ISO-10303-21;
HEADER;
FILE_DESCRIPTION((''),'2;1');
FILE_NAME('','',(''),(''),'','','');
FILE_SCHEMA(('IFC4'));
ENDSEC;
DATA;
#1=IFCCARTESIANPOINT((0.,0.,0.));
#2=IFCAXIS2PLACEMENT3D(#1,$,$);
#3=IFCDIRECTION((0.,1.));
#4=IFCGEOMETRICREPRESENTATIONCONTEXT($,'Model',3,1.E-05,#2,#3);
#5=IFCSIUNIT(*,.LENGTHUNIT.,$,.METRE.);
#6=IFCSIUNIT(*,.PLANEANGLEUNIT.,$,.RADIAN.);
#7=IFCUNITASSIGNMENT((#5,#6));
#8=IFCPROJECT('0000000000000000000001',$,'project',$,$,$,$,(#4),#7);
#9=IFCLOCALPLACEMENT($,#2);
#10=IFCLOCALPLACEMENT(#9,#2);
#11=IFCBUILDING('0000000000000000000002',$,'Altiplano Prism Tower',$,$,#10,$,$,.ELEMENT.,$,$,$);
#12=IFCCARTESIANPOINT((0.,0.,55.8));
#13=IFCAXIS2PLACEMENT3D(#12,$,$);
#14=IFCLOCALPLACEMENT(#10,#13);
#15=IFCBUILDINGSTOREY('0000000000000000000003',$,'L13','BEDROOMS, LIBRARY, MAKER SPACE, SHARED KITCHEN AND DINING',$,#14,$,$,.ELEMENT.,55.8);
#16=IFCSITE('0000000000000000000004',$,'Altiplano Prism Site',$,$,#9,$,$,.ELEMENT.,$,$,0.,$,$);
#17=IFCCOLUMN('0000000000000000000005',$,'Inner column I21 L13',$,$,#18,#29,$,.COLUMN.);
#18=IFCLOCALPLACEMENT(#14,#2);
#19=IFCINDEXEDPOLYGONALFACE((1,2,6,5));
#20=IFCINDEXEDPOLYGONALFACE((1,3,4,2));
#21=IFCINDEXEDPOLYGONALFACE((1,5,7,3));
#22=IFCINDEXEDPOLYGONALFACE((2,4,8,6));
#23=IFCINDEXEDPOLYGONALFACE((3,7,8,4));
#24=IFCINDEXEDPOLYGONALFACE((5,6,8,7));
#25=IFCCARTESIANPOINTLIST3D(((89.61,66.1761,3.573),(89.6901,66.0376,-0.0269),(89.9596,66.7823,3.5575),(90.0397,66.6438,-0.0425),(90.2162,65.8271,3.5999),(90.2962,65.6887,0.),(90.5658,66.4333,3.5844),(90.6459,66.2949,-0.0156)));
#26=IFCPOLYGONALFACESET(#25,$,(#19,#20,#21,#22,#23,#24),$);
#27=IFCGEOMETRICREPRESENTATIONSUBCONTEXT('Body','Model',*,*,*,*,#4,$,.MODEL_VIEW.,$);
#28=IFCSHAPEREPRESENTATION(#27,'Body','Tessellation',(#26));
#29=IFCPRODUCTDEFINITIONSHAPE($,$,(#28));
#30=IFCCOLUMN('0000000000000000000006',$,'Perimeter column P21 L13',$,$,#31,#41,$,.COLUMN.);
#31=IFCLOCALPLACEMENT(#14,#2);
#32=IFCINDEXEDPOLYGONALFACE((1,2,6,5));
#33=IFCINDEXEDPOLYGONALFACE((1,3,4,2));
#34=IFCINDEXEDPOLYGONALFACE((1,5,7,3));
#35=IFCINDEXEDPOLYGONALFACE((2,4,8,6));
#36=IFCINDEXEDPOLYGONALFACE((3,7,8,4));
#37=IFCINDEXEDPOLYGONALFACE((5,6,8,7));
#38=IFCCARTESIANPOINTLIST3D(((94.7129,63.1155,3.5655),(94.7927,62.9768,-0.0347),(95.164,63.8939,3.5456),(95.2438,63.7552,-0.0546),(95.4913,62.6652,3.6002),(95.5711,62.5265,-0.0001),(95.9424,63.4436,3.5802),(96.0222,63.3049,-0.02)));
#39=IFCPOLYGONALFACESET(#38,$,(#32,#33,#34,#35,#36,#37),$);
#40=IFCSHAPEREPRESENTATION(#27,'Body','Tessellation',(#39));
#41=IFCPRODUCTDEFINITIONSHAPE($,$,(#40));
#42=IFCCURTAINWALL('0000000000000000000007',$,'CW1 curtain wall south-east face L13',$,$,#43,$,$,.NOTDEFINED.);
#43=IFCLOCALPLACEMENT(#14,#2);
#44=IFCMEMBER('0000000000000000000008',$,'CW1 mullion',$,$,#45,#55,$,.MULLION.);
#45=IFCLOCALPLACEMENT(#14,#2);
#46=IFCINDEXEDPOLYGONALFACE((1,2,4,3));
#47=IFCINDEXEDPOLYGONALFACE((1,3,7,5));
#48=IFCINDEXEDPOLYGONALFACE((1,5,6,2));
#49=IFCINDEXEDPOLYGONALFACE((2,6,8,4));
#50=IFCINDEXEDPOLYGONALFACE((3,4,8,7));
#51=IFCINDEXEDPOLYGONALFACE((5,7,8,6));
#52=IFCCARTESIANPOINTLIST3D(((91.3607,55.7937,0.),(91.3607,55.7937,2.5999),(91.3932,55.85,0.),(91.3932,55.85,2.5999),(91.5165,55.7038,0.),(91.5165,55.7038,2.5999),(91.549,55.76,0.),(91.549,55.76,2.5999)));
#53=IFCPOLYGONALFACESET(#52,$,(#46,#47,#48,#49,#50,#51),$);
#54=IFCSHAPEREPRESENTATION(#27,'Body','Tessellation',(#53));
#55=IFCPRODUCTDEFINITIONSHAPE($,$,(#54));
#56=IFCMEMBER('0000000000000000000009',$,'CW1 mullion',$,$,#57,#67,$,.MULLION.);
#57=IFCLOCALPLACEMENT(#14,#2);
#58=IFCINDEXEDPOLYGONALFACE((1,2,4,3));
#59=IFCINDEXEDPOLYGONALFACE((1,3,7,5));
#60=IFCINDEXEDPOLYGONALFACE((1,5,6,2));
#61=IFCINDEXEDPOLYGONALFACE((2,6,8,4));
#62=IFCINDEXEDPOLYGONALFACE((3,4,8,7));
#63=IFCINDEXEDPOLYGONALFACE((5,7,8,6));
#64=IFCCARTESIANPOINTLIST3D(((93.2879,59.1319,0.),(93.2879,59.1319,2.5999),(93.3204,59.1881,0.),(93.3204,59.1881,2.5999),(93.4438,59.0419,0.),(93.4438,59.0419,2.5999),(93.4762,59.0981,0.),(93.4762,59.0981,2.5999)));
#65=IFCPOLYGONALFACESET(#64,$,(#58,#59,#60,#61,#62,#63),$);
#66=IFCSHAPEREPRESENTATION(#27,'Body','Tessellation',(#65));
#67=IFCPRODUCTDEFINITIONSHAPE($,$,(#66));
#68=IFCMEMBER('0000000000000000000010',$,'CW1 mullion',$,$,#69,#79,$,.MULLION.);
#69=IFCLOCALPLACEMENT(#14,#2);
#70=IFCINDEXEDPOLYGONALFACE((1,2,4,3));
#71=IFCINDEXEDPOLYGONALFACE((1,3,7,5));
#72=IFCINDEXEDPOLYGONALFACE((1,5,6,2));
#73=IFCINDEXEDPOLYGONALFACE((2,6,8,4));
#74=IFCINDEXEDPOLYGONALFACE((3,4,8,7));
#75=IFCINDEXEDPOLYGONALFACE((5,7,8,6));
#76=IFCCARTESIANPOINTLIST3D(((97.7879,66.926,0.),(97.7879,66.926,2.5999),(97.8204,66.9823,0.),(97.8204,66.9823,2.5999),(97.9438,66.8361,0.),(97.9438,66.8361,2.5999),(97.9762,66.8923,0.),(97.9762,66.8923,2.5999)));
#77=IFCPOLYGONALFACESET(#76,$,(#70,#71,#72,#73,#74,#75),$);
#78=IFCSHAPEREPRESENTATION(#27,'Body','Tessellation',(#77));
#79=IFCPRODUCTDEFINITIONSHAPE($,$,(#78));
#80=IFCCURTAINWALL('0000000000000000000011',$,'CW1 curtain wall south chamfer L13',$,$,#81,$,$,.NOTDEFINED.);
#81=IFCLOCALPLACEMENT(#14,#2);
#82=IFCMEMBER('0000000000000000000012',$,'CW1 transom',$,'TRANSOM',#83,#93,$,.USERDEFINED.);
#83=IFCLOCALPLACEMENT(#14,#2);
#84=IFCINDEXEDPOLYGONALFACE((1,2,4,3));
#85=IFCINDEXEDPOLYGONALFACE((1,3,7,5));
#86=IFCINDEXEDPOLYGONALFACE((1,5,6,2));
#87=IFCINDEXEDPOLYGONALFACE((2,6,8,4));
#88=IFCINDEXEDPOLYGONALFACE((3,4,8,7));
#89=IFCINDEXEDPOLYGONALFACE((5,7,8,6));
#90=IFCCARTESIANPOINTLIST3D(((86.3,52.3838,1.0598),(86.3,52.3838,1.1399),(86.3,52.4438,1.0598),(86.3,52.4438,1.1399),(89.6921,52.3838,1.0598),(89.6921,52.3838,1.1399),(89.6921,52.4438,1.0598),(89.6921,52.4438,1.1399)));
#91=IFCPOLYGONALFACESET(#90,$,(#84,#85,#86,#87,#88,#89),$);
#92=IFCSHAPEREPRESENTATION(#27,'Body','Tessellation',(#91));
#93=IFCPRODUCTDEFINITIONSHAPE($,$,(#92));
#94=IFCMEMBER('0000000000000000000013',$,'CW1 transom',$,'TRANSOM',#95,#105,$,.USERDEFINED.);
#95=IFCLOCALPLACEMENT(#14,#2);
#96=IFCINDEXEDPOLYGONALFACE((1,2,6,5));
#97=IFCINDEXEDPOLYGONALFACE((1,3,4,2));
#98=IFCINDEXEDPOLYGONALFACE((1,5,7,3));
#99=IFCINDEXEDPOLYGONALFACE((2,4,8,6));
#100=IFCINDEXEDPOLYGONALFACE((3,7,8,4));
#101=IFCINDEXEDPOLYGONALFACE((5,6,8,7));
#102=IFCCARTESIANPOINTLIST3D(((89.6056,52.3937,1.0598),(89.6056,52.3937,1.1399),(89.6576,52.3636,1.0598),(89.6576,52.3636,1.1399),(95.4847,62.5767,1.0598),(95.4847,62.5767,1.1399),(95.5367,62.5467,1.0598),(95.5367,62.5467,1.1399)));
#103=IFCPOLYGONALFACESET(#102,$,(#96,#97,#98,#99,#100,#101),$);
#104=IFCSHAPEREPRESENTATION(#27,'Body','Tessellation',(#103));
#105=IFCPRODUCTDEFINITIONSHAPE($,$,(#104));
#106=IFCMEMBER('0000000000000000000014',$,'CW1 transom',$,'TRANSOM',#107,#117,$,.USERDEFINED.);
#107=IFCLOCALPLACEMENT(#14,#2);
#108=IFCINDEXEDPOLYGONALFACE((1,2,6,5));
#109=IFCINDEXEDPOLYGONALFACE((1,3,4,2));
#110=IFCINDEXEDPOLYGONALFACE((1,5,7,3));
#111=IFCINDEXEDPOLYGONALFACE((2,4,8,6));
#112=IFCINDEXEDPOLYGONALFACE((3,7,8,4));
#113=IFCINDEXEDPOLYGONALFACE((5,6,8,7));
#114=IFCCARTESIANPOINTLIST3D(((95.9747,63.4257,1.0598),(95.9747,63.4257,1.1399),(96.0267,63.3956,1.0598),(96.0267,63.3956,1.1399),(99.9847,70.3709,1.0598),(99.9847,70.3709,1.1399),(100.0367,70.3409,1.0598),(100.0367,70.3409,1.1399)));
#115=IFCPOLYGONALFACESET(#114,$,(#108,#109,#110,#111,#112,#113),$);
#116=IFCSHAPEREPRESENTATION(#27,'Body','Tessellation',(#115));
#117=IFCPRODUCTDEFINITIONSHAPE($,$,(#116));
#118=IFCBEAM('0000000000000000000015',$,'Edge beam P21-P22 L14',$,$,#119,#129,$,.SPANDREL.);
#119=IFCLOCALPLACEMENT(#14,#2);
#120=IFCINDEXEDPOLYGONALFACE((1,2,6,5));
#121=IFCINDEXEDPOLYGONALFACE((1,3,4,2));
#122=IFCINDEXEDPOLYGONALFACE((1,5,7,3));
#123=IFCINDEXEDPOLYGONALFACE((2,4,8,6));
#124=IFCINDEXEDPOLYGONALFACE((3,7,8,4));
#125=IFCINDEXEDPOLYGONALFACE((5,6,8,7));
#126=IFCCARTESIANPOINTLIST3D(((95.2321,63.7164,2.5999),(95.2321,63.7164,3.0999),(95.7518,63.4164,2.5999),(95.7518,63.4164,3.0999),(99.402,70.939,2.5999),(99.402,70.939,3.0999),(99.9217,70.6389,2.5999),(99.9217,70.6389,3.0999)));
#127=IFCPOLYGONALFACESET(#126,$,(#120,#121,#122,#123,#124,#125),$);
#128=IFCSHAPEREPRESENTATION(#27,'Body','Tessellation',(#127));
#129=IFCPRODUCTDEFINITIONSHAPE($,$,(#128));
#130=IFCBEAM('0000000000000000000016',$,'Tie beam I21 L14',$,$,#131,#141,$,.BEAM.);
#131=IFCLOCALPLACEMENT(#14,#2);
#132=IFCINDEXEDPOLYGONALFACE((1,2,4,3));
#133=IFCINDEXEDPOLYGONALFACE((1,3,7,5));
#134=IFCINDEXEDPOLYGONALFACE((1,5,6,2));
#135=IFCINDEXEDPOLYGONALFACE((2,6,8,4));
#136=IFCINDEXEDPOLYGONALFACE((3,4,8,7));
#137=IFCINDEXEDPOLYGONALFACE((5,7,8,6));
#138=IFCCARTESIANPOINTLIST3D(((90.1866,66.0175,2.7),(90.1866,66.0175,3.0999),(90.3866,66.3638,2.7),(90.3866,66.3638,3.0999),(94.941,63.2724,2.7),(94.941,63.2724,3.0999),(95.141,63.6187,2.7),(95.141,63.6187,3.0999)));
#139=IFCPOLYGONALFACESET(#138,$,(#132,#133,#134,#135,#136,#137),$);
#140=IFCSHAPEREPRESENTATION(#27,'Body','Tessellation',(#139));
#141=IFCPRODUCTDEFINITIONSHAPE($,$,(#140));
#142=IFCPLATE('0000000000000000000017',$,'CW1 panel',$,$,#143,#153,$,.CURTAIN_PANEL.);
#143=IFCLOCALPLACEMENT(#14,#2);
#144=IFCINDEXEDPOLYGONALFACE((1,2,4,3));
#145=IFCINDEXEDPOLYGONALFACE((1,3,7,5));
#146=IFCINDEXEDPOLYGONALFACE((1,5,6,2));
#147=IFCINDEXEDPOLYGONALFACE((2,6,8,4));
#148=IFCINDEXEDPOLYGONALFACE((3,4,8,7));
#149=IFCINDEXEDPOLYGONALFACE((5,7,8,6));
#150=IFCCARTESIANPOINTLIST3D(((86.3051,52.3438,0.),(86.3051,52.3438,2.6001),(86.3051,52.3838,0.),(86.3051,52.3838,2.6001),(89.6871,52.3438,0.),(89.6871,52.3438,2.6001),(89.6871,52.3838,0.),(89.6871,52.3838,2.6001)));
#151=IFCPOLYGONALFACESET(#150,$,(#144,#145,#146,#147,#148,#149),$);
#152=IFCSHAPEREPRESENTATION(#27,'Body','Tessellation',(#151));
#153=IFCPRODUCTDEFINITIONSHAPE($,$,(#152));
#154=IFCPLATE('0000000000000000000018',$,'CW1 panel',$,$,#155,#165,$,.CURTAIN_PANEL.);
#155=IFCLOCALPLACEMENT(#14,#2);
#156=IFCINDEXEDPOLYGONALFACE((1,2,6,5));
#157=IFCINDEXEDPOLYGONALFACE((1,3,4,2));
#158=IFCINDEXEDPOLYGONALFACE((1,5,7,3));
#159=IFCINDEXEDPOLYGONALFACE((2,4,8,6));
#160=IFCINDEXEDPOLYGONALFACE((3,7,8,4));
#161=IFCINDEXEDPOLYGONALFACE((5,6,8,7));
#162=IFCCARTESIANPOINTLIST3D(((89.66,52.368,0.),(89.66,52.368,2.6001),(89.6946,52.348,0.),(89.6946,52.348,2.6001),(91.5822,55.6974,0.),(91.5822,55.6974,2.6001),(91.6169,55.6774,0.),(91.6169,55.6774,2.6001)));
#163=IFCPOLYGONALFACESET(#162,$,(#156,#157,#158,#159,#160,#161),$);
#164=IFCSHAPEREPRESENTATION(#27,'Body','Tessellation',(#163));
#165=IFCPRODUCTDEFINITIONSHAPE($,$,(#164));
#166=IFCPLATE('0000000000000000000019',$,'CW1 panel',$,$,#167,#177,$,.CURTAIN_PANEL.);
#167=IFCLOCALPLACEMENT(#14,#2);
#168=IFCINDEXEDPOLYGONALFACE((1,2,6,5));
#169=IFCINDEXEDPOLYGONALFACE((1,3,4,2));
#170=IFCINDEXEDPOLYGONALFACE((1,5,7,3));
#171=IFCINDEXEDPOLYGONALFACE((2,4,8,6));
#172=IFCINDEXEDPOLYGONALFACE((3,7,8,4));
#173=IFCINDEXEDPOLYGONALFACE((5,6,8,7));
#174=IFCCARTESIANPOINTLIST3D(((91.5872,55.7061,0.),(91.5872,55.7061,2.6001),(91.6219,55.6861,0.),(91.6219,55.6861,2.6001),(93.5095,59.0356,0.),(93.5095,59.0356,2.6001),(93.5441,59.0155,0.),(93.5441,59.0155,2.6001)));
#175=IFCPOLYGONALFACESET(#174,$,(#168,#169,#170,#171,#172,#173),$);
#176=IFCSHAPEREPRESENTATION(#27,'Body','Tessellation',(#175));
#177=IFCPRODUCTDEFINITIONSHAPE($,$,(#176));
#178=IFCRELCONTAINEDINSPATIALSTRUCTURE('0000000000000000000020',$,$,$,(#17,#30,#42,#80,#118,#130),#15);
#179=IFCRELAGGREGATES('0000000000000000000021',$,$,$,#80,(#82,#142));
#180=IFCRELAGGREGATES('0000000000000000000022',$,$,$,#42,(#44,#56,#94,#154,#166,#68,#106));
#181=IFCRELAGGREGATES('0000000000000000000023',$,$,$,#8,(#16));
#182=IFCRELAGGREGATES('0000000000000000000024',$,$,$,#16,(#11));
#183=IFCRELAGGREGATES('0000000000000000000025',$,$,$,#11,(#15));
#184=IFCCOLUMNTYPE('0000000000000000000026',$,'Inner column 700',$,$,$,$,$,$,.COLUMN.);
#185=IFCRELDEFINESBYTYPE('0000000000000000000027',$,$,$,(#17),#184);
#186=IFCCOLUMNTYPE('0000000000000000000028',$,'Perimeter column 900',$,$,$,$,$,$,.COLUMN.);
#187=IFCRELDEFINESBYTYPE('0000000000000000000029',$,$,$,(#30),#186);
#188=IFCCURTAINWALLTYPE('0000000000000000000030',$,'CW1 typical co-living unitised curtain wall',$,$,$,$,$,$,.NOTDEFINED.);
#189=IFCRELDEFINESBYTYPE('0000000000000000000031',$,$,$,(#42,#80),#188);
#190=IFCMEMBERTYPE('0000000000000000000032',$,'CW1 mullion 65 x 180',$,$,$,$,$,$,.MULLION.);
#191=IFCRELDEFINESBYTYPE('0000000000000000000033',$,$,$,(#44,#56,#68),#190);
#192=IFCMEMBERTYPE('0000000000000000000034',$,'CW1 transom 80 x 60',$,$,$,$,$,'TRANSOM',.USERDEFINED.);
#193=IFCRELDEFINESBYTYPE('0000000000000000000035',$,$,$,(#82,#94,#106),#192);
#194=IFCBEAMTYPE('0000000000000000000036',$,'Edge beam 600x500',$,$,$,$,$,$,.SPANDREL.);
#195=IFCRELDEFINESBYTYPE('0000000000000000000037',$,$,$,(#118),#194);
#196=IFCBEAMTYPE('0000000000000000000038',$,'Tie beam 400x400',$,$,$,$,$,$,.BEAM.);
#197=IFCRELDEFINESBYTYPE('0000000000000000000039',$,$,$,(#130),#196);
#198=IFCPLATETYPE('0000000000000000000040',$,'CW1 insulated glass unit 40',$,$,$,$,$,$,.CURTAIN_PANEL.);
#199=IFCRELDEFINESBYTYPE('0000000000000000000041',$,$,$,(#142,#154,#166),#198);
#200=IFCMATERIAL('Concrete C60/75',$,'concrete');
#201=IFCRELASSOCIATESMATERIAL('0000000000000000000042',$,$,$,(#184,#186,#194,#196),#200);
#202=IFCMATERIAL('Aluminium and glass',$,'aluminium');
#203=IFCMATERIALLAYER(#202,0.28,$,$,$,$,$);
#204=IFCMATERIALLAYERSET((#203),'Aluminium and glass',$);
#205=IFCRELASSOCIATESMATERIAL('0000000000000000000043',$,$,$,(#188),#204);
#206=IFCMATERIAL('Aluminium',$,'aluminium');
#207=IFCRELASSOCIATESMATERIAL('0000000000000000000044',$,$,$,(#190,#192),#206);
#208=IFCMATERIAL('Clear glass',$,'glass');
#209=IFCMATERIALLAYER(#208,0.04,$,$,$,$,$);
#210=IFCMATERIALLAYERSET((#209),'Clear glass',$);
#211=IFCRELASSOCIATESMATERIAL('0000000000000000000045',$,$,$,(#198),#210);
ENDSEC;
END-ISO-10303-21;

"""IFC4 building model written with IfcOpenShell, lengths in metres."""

from ifc_helpers import new_model, si_unit, direction, frame, origin, origin_2d, place, context, subcontext, project, spatial, rectangle, extrude, material, layer, layer_set, material_profile, profile_set, type_object, element, aggregate, save


model = new_model("IFC4")

# Units and contexts
model_context = context("Model", 3, precision=1e-05, world=origin(), true_north=direction((0.0, 1.0)))
body_context = subcontext(model_context, "Body", "Model", "MODEL_VIEW")
ifc_project = project(units=[si_unit("LENGTHUNIT", "METRE"), si_unit("PLANEANGLEUNIT", "RADIAN")], contexts=[model_context])

# Site, building, storey
site_placement = place(None, origin())
site = spatial("IfcSite", under=ifc_project, at=site_placement, Name="Altiplano Prism Site", CompositionType="ELEMENT", RefElevation=0.0)
building_placement = place(site_placement, origin())
building = spatial("IfcBuilding", under=site, at=building_placement, Name="Altiplano Prism Tower", CompositionType="ELEMENT")
storey_placement = place(building_placement, frame((0.0, 0.0, 55.8)))
storey = spatial("IfcBuildingStorey", under=building, at=storey_placement, Name="L13", Description="BEDROOMS, LIBRARY, MAKER SPACE, SHARED KITCHEN AND DINING", CompositionType="ELEMENT", Elevation=55.8)

# Columns
ifc_material_1 = material(Name="Concrete C60/75", Category="concrete")
ifc_material_profile_1 = material_profile(ifc_material_1, rectangle(XDim=0.7, YDim=0.7, at=origin_2d()), Name="Inner column 700")
ifc_profile_set_1 = profile_set([ifc_material_profile_1], Name="Concrete C60/75")
column_type_1 = type_object("IfcColumnType", Name="Inner column 700", PredefinedType="COLUMN", material=ifc_profile_set_1)
column_1_placement = place(storey_placement, frame((90.168, 66.1663, -0.0212), z_axis=(-0.022223, 0.038416, 0.999015), x_axis=(-0.499513, -0.866022, 0.02219)))
element("IfcColumn", 1, at=column_1_placement, inside=storey, type_object=column_type_1, Name="Inner column I21 L13", PredefinedType="COLUMN", context=body_context, shape_type="SweptSolid", body=[
    extrude(rectangle(XDim=0.7, YDim=0.7, at=origin_2d()), origin(), (0.0, 0.0, 1.0), 3.6035),
])
ifc_material_profile_2 = material_profile(ifc_material_1, rectangle(XDim=0.8999, YDim=0.8999, at=origin_2d()), Name="Perimeter column 900")
ifc_profile_set_2 = profile_set([ifc_material_profile_2], Name="Concrete C60/75")
column_type_2 = type_object("IfcColumnType", Name="Perimeter column 900", PredefinedType="COLUMN", material=ifc_profile_set_2)
column_2_placement = place(storey_placement, frame((95.4075, 63.1409, -0.0273), z_axis=(-0.022154, 0.038481, 0.999014), x_axis=(-0.501318, -0.864979, 0.022201)))
element("IfcColumn", 2, at=column_2_placement, inside=storey, type_object=column_type_2, Name="Perimeter column P21 L13", PredefinedType="COLUMN", context=body_context, shape_type="SweptSolid", body=[
    extrude(rectangle(XDim=0.8999, YDim=0.8999, at=origin_2d()), origin(), (0.0, 0.0, 1.0), 3.6038),
])

# Curtain wall, members
ifc_material_2 = material(Name="Aluminium and glass", Category="aluminium")
ifc_layer_1 = layer(ifc_material_2, 0.28)
ifc_layer_set_1 = layer_set([ifc_layer_1], Name="Aluminium and glass")
curtain_wall_type = type_object("IfcCurtainWallType", Name="CW1 typical co-living unitised curtain wall", PredefinedType="NOTDEFINED", material=ifc_layer_set_1)
curtain_wall_1_placement = place(storey_placement, origin())
curtain_wall_1 = element("IfcCurtainWall", 3, at=curtain_wall_1_placement, inside=storey, type_object=curtain_wall_type, Name="CW1 curtain wall south-east face L13", PredefinedType="NOTDEFINED")
ifc_material_3 = material(Name="Aluminium", Category="aluminium")
ifc_material_profile_3 = material_profile(ifc_material_3, rectangle(XDim=0.1799, YDim=0.0649, at=origin_2d()), Name="CW1 mullion 65 x 180")
ifc_profile_set_3 = profile_set([ifc_material_profile_3], Name="Aluminium")
member_type_1 = type_object("IfcMemberType", Name="CW1 mullion 65 x 180", PredefinedType="MULLION", material=ifc_profile_set_3)
member_1_placement = place(storey_placement, frame((91.4548, 55.7769, 0.0), z_axis=(0.0, 0.0, 1.0), x_axis=(-0.866025, 0.5, 0.0)))
member_1 = element("IfcMember", 4, at=member_1_placement, type_object=member_type_1, Name="CW1 mullion", PredefinedType="MULLION", context=body_context, shape_type="SweptSolid", body=[
    extrude(rectangle(XDim=0.1799, YDim=0.0649, at=origin_2d()), origin(), (0.0, 0.0, 1.0), 2.5999),
])
member_2_placement = place(storey_placement, frame((93.3821, 59.115, 0.0), z_axis=(0.0, 0.0, 1.0), x_axis=(-0.866025, 0.5, 0.0)))
member_2 = element("IfcMember", 5, at=member_2_placement, type_object=member_type_1, Name="CW1 mullion", PredefinedType="MULLION", context=body_context, shape_type="SweptSolid", body=[
    extrude(rectangle(XDim=0.1799, YDim=0.0649, at=origin_2d()), origin(), (0.0, 0.0, 1.0), 2.5999),
])
member_3_placement = place(storey_placement, frame((97.8821, 66.9092, 0.0), z_axis=(0.0, 0.0, 1.0), x_axis=(-0.866025, 0.5, 0.0)))
member_3 = element("IfcMember", 6, at=member_3_placement, type_object=member_type_1, Name="CW1 mullion", PredefinedType="MULLION", context=body_context, shape_type="SweptSolid", body=[
    extrude(rectangle(XDim=0.1799, YDim=0.0649, at=origin_2d()), origin(), (0.0, 0.0, 1.0), 2.5999),
])

# Curtain wall, member
curtain_wall_2_placement = place(storey_placement, origin())
curtain_wall_2 = element("IfcCurtainWall", 7, at=curtain_wall_2_placement, inside=storey, type_object=curtain_wall_type, Name="CW1 curtain wall south chamfer L13", PredefinedType="NOTDEFINED")
ifc_material_profile_4 = material_profile(ifc_material_3, rectangle(XDim=0.0601, YDim=0.0801, at=origin_2d()), Name="CW1 transom 80 x 60")
ifc_profile_set_4 = profile_set([ifc_material_profile_4], Name="Aluminium")
member_type_2 = type_object("IfcMemberType", Name="CW1 transom 80 x 60", ElementType="TRANSOM", PredefinedType="USERDEFINED", material=ifc_profile_set_4)
member_4_placement = place(storey_placement, frame((86.3, 52.4138, 1.0999), z_axis=(1.0, 0.0, 0.0), x_axis=(0.0, 1.0, 0.0)))
member_4 = element("IfcMember", 8, at=member_4_placement, type_object=member_type_2, Name="CW1 transom", ObjectType="TRANSOM", PredefinedType="USERDEFINED", context=body_context, shape_type="SweptSolid", body=[
    extrude(rectangle(XDim=0.0601, YDim=0.0801, at=origin_2d()), origin(), (0.0, 0.0, 1.0), 3.3921),
])

# Members
member_5_placement = place(storey_placement, frame((89.6316, 52.3787, 1.0999), z_axis=(0.499996, 0.866028, 0.0), x_axis=(-0.866028, 0.499996, 0.0)))
member_5 = element("IfcMember", 9, at=member_5_placement, type_object=member_type_2, Name="CW1 transom", ObjectType="TRANSOM", PredefinedType="USERDEFINED", context=body_context, shape_type="SweptSolid", body=[
    extrude(rectangle(XDim=0.0601, YDim=0.0801, at=origin_2d()), origin(), (0.0, 0.0, 1.0), 11.7583),
])
member_6_placement = place(storey_placement, frame((96.0007, 63.4106, 1.0999), z_axis=(0.500012, 0.866018, 0.0), x_axis=(-0.866018, 0.500012, 0.0)))
member_6 = element("IfcMember", 10, at=member_6_placement, type_object=member_type_2, Name="CW1 transom", ObjectType="TRANSOM", PredefinedType="USERDEFINED", context=body_context, shape_type="SweptSolid", body=[
    extrude(rectangle(XDim=0.0601, YDim=0.0801, at=origin_2d()), origin(), (0.0, 0.0, 1.0), 8.0198),
])

# Beams
ifc_material_profile_5 = material_profile(ifc_material_1, rectangle(XDim=0.6001, YDim=0.5, at=origin_2d()), Name="Edge beam 600x500")
ifc_profile_set_5 = profile_set([ifc_material_profile_5], Name="Concrete C60/75")
beam_type_1 = type_object("IfcBeamType", Name="Edge beam 600x500", PredefinedType="SPANDREL", material=ifc_profile_set_5)
beam_1_placement = place(storey_placement, frame((95.4919, 63.5664, 2.8499), z_axis=(0.499993, 0.86603, 0.0), x_axis=(-0.86603, 0.499993, 0.0)))
element("IfcBeam", 11, at=beam_1_placement, inside=storey, type_object=beam_type_1, Name="Edge beam P21-P22 L14", PredefinedType="SPANDREL", context=body_context, shape_type="SweptSolid", body=[
    extrude(rectangle(XDim=0.6001, YDim=0.5, at=origin_2d()), origin(), (0.0, 0.0, 1.0), 8.3398),
])
ifc_material_profile_6 = material_profile(ifc_material_1, rectangle(XDim=0.3999, YDim=0.3999, at=origin_2d()), Name="Tie beam 400x400")
ifc_profile_set_6 = profile_set([ifc_material_profile_6], Name="Concrete C60/75")
beam_type_2 = type_object("IfcBeamType", Name="Tie beam 400x400", PredefinedType="BEAM", material=ifc_profile_set_6)
beam_2_placement = place(storey_placement, frame((90.2866, 66.1907, 2.8999), z_axis=(0.866012, -0.500023, 0.0), x_axis=(0.500023, 0.866012, 0.0)))
element("IfcBeam", 12, at=beam_2_placement, inside=storey, type_object=beam_type_2, Name="Tie beam I21 L14", PredefinedType="BEAM", context=body_context, shape_type="SweptSolid", body=[
    extrude(rectangle(XDim=0.3999, YDim=0.3999, at=origin_2d()), origin(), (0.0, 0.0, 1.0), 5.49),
])

# Plates
ifc_material_4 = material(Name="Clear glass", Category="glass")
ifc_layer_2 = layer(ifc_material_4, 0.04)
ifc_layer_set_2 = layer_set([ifc_layer_2], Name="Clear glass")
plate_type = type_object("IfcPlateType", Name="CW1 insulated glass unit 40", PredefinedType="CURTAIN_PANEL", material=ifc_layer_set_2)
plate_1_placement = place(storey_placement, frame((87.9961, 52.3638, 0.0), z_axis=(0.0, 0.0, 1.0), x_axis=(1.0, 0.0, 0.0)))
plate_1 = element("IfcPlate", 13, at=plate_1_placement, type_object=plate_type, Name="CW1 panel", PredefinedType="CURTAIN_PANEL", context=body_context, shape_type="SweptSolid", body=[
    extrude(rectangle(XDim=3.3821, YDim=0.04, at=origin_2d()), origin(), (0.0, 0.0, 1.0), 2.6001),
])
aggregate(curtain_wall_2, [member_4, plate_1])
plate_2_placement = place(storey_placement, frame((90.6384, 54.0227, 0.0), z_axis=(0.0, 0.0, 1.0), x_axis=(0.5, 0.866025, 0.0)))
plate_2 = element("IfcPlate", 14, at=plate_2_placement, type_object=plate_type, Name="CW1 panel", PredefinedType="CURTAIN_PANEL", context=body_context, shape_type="SweptSolid", body=[
    extrude(rectangle(XDim=3.8445, YDim=0.04, at=origin_2d()), origin(), (0.0, 0.0, 1.0), 2.6001),
])
plate_3_placement = place(storey_placement, frame((92.5657, 57.3608, 0.0), z_axis=(0.0, 0.0, 1.0), x_axis=(0.5, 0.866025, 0.0)))
plate_3 = element("IfcPlate", 15, at=plate_3_placement, type_object=plate_type, Name="CW1 panel", PredefinedType="CURTAIN_PANEL", context=body_context, shape_type="SweptSolid", body=[
    extrude(rectangle(XDim=3.8445, YDim=0.04, at=origin_2d()), origin(), (0.0, 0.0, 1.0), 2.6001),
])
aggregate(curtain_wall_1, [member_1, member_2, member_5, plate_2, plate_3, member_3, member_6])

save(model, "model.ifc")
